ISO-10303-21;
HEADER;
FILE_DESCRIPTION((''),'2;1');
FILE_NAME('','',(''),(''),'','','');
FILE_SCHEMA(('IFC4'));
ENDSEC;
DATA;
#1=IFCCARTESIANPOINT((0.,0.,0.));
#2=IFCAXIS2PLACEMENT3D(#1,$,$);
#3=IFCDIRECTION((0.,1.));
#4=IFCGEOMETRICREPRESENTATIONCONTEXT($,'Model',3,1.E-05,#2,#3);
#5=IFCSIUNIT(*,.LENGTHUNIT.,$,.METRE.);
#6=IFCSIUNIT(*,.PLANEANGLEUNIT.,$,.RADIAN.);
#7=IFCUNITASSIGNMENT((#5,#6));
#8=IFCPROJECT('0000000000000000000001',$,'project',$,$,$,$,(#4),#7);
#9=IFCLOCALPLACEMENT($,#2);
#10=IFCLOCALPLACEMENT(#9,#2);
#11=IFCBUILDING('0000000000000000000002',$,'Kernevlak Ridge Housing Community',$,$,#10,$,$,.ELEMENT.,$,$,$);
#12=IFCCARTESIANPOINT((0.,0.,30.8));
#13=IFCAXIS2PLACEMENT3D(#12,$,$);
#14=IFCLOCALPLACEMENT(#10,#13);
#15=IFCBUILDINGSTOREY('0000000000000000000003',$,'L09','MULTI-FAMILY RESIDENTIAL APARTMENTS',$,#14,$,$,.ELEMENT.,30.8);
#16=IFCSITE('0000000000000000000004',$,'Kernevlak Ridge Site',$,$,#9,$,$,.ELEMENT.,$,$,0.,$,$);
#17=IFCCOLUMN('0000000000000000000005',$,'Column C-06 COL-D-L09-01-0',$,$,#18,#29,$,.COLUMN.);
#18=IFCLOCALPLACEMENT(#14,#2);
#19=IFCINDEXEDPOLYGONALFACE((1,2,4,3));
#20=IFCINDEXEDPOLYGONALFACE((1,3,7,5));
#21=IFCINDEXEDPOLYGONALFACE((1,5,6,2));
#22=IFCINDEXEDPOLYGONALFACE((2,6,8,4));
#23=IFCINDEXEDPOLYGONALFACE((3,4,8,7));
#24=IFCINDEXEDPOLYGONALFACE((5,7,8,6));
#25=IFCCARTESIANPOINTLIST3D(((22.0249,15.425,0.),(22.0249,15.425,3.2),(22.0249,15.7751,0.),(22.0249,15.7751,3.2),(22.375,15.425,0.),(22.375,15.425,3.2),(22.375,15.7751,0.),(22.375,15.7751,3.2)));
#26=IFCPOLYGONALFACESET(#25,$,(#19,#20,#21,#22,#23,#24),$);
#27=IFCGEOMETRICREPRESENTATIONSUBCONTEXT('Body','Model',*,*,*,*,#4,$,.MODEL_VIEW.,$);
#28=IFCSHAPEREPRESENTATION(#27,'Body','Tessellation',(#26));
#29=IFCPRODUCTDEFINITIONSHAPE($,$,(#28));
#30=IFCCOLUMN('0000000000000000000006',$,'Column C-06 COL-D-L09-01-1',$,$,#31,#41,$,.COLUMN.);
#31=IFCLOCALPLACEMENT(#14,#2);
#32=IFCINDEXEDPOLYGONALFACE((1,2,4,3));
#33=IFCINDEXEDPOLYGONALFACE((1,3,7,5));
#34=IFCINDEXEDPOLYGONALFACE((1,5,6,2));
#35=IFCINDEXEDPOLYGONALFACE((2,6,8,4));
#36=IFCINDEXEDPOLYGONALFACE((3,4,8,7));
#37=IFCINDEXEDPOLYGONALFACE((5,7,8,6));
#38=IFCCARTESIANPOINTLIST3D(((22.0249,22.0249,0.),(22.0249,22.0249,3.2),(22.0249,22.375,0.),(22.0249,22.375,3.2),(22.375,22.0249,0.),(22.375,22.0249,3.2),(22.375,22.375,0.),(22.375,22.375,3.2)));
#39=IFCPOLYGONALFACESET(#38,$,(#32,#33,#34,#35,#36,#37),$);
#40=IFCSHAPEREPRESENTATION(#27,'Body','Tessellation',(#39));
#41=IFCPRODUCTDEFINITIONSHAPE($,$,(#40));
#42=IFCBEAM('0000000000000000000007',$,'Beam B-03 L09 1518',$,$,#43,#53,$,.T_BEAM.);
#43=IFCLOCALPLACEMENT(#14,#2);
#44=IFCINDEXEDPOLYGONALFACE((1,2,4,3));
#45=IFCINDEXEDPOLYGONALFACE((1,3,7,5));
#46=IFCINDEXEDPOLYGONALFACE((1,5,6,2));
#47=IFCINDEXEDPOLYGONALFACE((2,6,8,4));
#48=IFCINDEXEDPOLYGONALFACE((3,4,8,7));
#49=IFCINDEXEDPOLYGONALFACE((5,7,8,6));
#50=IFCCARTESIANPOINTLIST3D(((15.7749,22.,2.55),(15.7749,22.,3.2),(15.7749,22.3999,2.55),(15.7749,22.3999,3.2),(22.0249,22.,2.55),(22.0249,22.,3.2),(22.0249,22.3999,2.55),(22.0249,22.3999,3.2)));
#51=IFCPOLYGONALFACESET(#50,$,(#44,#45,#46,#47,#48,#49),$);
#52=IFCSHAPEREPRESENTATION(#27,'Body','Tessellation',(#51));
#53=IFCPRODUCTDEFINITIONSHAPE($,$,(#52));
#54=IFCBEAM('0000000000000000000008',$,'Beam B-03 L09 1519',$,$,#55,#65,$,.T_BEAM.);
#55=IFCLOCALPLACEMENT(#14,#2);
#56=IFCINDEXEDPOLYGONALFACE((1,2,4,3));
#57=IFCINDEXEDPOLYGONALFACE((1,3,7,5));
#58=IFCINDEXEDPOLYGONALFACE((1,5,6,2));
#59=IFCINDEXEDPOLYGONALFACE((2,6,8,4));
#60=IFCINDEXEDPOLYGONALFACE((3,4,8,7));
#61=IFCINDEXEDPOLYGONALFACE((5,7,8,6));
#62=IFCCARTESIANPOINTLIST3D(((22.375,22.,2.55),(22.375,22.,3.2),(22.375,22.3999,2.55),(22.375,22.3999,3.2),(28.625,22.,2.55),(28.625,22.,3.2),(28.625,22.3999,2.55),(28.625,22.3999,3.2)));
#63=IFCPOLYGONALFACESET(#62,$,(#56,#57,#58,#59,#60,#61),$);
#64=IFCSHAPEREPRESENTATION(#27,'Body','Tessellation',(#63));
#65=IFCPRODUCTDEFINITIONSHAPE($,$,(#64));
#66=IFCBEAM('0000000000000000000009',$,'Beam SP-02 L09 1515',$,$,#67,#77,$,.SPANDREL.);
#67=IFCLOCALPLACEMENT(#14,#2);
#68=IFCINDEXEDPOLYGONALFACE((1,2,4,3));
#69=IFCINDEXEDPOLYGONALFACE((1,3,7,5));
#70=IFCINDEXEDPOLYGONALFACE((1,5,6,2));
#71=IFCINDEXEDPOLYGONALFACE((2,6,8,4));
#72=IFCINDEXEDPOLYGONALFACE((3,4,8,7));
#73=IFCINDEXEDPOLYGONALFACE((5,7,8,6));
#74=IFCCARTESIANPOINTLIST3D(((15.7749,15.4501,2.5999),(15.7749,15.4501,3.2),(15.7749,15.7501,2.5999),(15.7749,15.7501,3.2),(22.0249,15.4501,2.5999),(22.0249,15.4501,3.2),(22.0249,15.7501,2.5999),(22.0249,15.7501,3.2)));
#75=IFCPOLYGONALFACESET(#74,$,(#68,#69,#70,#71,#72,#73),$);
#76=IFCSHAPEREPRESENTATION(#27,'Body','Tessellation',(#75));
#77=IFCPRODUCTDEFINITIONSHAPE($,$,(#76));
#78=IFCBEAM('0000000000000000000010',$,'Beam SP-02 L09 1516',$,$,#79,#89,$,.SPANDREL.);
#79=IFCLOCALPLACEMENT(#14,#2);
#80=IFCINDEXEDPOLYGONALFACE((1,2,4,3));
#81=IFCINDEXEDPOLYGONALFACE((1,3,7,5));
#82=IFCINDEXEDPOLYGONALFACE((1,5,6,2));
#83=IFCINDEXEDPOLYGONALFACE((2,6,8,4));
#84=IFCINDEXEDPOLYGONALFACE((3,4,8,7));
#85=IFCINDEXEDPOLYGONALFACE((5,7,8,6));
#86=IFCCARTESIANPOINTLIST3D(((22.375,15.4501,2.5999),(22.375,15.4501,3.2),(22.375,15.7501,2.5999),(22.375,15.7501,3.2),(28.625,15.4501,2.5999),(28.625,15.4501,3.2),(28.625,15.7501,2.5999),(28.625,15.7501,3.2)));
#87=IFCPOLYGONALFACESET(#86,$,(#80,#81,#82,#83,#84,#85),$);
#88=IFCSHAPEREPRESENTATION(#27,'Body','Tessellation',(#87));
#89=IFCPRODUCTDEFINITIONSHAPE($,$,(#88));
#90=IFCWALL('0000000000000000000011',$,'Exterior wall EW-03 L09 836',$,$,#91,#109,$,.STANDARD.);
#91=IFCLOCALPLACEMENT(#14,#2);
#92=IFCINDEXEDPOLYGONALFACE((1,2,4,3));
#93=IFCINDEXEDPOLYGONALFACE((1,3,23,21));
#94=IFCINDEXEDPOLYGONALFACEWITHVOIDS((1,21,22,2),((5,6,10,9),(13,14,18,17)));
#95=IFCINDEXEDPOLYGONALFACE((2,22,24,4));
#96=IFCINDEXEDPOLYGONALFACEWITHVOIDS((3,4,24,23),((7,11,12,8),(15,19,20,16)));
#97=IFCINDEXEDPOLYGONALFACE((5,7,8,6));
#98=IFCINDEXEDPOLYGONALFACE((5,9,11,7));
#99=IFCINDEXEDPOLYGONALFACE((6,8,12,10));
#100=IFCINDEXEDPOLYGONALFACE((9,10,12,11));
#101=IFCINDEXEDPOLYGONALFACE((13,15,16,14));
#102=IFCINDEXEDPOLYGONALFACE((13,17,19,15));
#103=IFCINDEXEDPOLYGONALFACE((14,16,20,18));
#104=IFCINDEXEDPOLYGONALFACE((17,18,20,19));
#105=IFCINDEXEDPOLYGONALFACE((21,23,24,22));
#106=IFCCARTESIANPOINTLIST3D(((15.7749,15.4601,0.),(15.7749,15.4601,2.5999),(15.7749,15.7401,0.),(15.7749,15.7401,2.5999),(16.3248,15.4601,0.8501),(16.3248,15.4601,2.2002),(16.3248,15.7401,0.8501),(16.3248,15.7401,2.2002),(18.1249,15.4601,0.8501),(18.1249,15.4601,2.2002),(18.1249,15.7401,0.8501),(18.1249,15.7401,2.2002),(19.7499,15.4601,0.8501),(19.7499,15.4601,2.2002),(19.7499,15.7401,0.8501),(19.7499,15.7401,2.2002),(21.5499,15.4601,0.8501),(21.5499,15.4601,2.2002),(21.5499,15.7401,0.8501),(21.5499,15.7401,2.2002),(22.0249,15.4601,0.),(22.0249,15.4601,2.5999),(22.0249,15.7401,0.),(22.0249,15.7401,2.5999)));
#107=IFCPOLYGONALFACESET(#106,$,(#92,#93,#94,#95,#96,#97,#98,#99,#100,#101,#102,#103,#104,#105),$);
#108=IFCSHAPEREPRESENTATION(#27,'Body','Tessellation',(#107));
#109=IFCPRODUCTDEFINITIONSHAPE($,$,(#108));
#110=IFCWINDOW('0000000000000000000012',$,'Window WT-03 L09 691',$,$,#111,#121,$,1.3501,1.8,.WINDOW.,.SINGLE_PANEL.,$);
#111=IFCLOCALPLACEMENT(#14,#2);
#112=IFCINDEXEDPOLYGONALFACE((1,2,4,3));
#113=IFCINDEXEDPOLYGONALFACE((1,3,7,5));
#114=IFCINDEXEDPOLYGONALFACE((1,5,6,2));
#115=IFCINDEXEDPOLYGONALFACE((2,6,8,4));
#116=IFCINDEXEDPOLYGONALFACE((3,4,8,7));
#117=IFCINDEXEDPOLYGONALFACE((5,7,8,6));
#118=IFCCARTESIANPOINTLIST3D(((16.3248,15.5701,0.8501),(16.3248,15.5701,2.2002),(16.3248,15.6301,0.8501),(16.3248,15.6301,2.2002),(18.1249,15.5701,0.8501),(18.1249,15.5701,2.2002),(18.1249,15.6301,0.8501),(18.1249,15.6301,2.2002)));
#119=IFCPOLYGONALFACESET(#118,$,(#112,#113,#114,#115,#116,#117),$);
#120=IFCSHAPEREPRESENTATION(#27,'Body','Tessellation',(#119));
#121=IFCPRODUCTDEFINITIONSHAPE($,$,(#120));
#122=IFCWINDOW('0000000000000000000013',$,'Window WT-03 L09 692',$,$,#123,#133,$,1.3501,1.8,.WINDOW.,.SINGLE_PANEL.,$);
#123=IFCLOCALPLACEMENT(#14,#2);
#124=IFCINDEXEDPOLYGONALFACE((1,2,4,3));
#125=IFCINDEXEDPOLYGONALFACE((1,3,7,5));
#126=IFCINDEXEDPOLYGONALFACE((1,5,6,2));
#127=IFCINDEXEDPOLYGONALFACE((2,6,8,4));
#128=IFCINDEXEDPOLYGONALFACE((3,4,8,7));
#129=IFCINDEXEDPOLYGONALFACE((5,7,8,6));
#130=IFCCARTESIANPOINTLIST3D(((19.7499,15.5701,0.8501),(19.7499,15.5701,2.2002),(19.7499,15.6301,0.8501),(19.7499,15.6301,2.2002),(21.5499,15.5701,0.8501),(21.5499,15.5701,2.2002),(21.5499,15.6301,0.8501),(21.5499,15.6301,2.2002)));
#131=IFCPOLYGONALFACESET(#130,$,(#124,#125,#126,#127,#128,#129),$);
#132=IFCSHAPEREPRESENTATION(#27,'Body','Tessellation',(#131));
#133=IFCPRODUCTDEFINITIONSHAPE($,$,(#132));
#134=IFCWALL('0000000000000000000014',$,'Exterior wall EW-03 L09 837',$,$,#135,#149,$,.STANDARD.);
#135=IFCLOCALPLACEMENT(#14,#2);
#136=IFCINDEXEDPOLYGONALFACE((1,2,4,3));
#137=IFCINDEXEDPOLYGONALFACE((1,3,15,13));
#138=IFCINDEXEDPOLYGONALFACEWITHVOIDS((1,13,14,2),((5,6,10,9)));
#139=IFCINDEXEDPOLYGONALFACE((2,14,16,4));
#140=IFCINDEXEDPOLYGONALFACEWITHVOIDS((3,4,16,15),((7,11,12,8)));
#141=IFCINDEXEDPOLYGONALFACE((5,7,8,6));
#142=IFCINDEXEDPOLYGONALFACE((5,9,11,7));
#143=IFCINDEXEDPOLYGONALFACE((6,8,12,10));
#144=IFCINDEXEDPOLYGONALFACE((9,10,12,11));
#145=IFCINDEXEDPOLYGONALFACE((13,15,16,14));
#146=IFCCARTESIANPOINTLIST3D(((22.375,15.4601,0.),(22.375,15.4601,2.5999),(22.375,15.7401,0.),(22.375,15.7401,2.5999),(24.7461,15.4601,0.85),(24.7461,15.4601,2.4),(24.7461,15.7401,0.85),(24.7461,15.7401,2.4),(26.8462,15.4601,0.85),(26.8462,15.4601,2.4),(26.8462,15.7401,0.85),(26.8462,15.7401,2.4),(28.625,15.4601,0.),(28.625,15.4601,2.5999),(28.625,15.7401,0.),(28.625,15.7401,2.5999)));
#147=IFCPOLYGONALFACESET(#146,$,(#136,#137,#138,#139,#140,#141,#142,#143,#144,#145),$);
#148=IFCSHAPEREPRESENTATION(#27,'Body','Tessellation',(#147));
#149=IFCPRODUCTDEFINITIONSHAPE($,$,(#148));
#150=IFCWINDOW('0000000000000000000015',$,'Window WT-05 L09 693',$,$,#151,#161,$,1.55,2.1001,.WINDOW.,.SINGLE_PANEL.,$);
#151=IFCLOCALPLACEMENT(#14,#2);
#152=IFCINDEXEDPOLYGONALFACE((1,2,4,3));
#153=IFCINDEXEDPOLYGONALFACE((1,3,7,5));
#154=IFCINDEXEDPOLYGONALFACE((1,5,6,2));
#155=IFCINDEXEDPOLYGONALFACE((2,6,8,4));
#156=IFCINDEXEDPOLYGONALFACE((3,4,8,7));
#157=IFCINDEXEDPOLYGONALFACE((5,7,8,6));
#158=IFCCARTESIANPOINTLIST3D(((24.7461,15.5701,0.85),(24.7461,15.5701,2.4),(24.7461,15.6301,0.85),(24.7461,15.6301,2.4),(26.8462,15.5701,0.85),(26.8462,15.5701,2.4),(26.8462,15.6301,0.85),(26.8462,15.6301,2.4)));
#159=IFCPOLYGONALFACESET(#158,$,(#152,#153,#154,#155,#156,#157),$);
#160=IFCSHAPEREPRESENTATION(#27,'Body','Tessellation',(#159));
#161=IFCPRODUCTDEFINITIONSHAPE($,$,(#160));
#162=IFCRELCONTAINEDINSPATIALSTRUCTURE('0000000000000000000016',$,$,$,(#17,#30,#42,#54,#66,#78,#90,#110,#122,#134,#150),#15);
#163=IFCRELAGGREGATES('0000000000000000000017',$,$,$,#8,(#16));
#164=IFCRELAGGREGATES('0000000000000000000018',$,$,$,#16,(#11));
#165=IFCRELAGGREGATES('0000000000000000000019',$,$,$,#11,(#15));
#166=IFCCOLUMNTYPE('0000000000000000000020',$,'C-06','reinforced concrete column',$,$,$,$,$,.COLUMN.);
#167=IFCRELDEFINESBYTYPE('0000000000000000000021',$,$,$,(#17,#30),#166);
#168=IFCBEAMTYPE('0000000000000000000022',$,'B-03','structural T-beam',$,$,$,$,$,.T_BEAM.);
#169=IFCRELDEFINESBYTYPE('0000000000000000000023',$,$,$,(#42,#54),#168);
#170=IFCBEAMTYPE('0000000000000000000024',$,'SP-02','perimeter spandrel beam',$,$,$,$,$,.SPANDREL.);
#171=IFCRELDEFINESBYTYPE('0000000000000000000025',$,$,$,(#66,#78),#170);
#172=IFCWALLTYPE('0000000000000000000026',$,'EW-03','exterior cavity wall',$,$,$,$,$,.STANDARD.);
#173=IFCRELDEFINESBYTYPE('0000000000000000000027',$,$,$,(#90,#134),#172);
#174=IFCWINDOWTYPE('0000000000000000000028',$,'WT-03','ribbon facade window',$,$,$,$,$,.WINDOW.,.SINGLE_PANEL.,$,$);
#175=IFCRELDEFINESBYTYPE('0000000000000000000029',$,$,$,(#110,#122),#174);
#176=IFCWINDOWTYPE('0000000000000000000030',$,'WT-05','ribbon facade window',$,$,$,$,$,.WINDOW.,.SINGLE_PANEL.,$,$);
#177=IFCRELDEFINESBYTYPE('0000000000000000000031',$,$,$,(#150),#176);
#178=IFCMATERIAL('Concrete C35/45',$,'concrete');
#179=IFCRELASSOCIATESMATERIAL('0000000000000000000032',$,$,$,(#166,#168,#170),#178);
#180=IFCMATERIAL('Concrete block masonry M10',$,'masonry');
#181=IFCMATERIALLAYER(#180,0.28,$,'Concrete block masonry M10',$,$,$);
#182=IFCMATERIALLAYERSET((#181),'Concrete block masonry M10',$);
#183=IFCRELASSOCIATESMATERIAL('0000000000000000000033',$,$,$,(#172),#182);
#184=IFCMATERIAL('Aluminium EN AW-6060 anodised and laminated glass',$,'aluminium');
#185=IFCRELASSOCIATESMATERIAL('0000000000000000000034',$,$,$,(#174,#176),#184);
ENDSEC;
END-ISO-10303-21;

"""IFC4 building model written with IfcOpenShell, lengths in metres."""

from ifc_helpers import new_model, si_unit, direction, frame, frame_2d, origin, origin_2d, place, context, subcontext, project, spatial, rectangle, extrude, material, layer, layer_set, material_profile, profile_set, type_object, element, fill, save


model = new_model("IFC4")

# Units and contexts
model_context = context("Model", 3, precision=1e-05, world=origin(), true_north=direction((0.0, 1.0)))
body_context = subcontext(model_context, "Body", "Model", "MODEL_VIEW")
ifc_project = project(units=[si_unit("LENGTHUNIT", "METRE"), si_unit("PLANEANGLEUNIT", "RADIAN")], contexts=[model_context])

# Site, building, storey
site_placement = place(None, origin())
site = spatial("IfcSite", under=ifc_project, at=site_placement, Name="Kernevlak Ridge Site", CompositionType="ELEMENT", RefElevation=0.0)
building_placement = place(site_placement, origin())
building = spatial("IfcBuilding", under=site, at=building_placement, Name="Kernevlak Ridge Housing Community", CompositionType="ELEMENT")
storey_placement = place(building_placement, frame((0.0, 0.0, 30.8)))
storey = spatial("IfcBuildingStorey", under=building, at=storey_placement, Name="L09", Description="MULTI-FAMILY RESIDENTIAL APARTMENTS", CompositionType="ELEMENT", Elevation=30.8)

# Columns
ifc_material_1 = material(Name="Concrete C35/45", Category="concrete")
ifc_material_profile_1 = material_profile(ifc_material_1, rectangle(XDim=0.3501, YDim=0.3501, at=origin_2d()), Name="RC 350x350")
ifc_profile_set_1 = profile_set([ifc_material_profile_1], Name="Concrete C35/45")
column_type = type_object("IfcColumnType", Name="C-06", Description="reinforced concrete column", PredefinedType="COLUMN", material=ifc_profile_set_1)
for number, where, z_axis, x_axis, name in (
    (1, (22.2, 15.6001, 0.0), (0.0, 0.0, 1.0), (1.0, 0.0, 0.0), "Column C-06 COL-D-L09-01-0"),
    (2, (22.2, 22.2, 0.0), (0.0, 0.0, 1.0), (1.0, 0.0, 0.0), "Column C-06 COL-D-L09-01-1"),
):
    element("IfcColumn", number, at=place(storey_placement, frame(where, z_axis=z_axis, x_axis=x_axis)), inside=storey, type_object=column_type, Name=name, PredefinedType="COLUMN", context=body_context, shape_type="SweptSolid", body=[
        extrude(rectangle(XDim=0.3501, YDim=0.3501, at=origin_2d()), origin(), (0.0, 0.0, 1.0), 3.2),
    ])

# Beams
ifc_material_profile_2 = material_profile(ifc_material_1, rectangle(XDim=0.3999, YDim=0.6499, at=origin_2d()), Name="RC 400x650")
ifc_profile_set_2 = profile_set([ifc_material_profile_2], Name="Concrete C35/45")
beam_type_1 = type_object("IfcBeamType", Name="B-03", Description="structural T-beam", PredefinedType="T_BEAM", material=ifc_profile_set_2)
for number, where, z_axis, x_axis, name in (
    (3, (15.7749, 22.2, 2.875), (1.0, 0.0, 0.0), (0.0, 1.0, 0.0), "Beam B-03 L09 1518"),
    (4, (22.375, 22.2, 2.875), (1.0, 0.0, 0.0), (0.0, 1.0, 0.0), "Beam B-03 L09 1519"),
):
    element("IfcBeam", number, at=place(storey_placement, frame(where, z_axis=z_axis, x_axis=x_axis)), inside=storey, type_object=beam_type_1, Name=name, PredefinedType="T_BEAM", context=body_context, shape_type="SweptSolid", body=[
        extrude(rectangle(XDim=0.3999, YDim=0.6499, at=origin_2d()), origin(), (0.0, 0.0, 1.0), 6.25),
    ])
ifc_material_profile_3 = material_profile(ifc_material_1, rectangle(XDim=0.3, YDim=0.6001, at=origin_2d()), Name="RC 300x600")
ifc_profile_set_3 = profile_set([ifc_material_profile_3], Name="Concrete C35/45")
beam_type_2 = type_object("IfcBeamType", Name="SP-02", Description="perimeter spandrel beam", PredefinedType="SPANDREL", material=ifc_profile_set_3)
for number, where, z_axis, x_axis, name in (
    (5, (15.7749, 15.6001, 2.8999), (1.0, 0.0, 0.0), (0.0, 1.0, 0.0), "Beam SP-02 L09 1515"),
    (6, (22.375, 15.6001, 2.8999), (1.0, 0.0, 0.0), (0.0, 1.0, 0.0), "Beam SP-02 L09 1516"),
):
    element("IfcBeam", number, at=place(storey_placement, frame(where, z_axis=z_axis, x_axis=x_axis)), inside=storey, type_object=beam_type_2, Name=name, PredefinedType="SPANDREL", context=body_context, shape_type="SweptSolid", body=[
        extrude(rectangle(XDim=0.3, YDim=0.6001, at=origin_2d()), origin(), (0.0, 0.0, 1.0), 6.25),
    ])

# Wall, openings, windows
ifc_material_2 = material(Name="Concrete block masonry M10", Category="masonry")
ifc_layer_1 = layer(ifc_material_2, 0.28, Name="Concrete block masonry M10")
ifc_layer_set_1 = layer_set([ifc_layer_1], Name="Concrete block masonry M10")
wall_type_1 = type_object("IfcWallType", Name="EW-03", Description="exterior cavity wall", PredefinedType="STANDARD", material=ifc_layer_set_1)
wall_1_placement = place(storey_placement, frame((15.7749, 15.6001, 0.0), z_axis=(0.0, 0.0, 1.0), x_axis=(1.0, 0.0, 0.0)))
wall_1 = element("IfcWall", 7, at=wall_1_placement, inside=storey, type_object=wall_type_1, Name="Exterior wall EW-03 L09 836", PredefinedType="STANDARD", context=body_context, shape_type="SweptSolid", body=[
    extrude(rectangle(XDim=6.25, YDim=0.28, at=frame_2d((3.125, 0.0))), origin(), (0.0, 0.0, 1.0), 2.5999),
])
opening_1_placement = place(wall_1_placement, frame((0.55, 0.0, 0.8501)))
opening_1 = element("IfcOpeningElement", 8, at=opening_1_placement, cuts=wall_1, PredefinedType="OPENING", context=body_context, shape_type="SweptSolid", body=[
    extrude(rectangle(XDim=1.8, YDim=1.3501, at=frame_2d((0.8999, 0.675))), frame((0.0, 0.1499, 0.0), z_axis=(0.0, -1.0, 0.0), x_axis=(1.0, 0.0, 0.0)), (0.0, 0.0, 1.0), 0.3),
])
opening_2_placement = place(wall_1_placement, frame((3.9751, 0.0, 0.8501)))
opening_2 = element("IfcOpeningElement", 9, at=opening_2_placement, cuts=wall_1, PredefinedType="OPENING", context=body_context, shape_type="SweptSolid", body=[
    extrude(rectangle(XDim=1.8, YDim=1.3501, at=frame_2d((0.8999, 0.675))), frame((0.0, 0.1499, 0.0), z_axis=(0.0, -1.0, 0.0), x_axis=(1.0, 0.0, 0.0)), (0.0, 0.0, 1.0), 0.3),
])
ifc_material_3 = material(Name="Aluminium EN AW-6060 anodised and laminated glass", Category="aluminium")
window_type_1 = type_object("IfcWindowType", Name="WT-03", Description="ribbon facade window", PartitioningType="SINGLE_PANEL", PredefinedType="WINDOW", material=ifc_material_3)
window_1_placement = place(opening_1_placement, origin())
window_1 = element("IfcWindow", 10, at=window_1_placement, inside=storey, type_object=window_type_1, Name="Window WT-03 L09 691", OverallHeight=1.3501, OverallWidth=1.8, PartitioningType="SINGLE_PANEL", PredefinedType="WINDOW", context=body_context, shape_type="SweptSolid", body=[
    extrude(rectangle(XDim=1.8, YDim=1.3501, at=frame_2d((0.8999, 0.675))), frame((0.0, 0.03, 0.0), z_axis=(0.0, -1.0, 0.0), x_axis=(1.0, 0.0, 0.0)), (0.0, 0.0, 1.0), 0.0601),
])
fill(opening_1, window_1)
window_2_placement = place(opening_2_placement, origin())
window_2 = element("IfcWindow", 11, at=window_2_placement, inside=storey, type_object=window_type_1, Name="Window WT-03 L09 692", OverallHeight=1.3501, OverallWidth=1.8, PartitioningType="SINGLE_PANEL", PredefinedType="WINDOW", context=body_context, shape_type="SweptSolid", body=[
    extrude(rectangle(XDim=1.8, YDim=1.3501, at=frame_2d((0.8999, 0.675))), frame((0.0, 0.03, 0.0), z_axis=(0.0, -1.0, 0.0), x_axis=(1.0, 0.0, 0.0)), (0.0, 0.0, 1.0), 0.0601),
])
fill(opening_2, window_2)

# Wall, opening, window
wall_2_placement = place(storey_placement, frame((22.375, 15.6001, 0.0), z_axis=(0.0, 0.0, 1.0), x_axis=(1.0, 0.0, 0.0)))
wall_2 = element("IfcWall", 12, at=wall_2_placement, inside=storey, type_object=wall_type_1, Name="Exterior wall EW-03 L09 837", PredefinedType="STANDARD", context=body_context, shape_type="SweptSolid", body=[
    extrude(rectangle(XDim=6.25, YDim=0.28, at=frame_2d((3.125, 0.0))), origin(), (0.0, 0.0, 1.0), 2.5999),
])
opening_3_placement = place(wall_2_placement, frame((2.3711, 0.0, 0.8501)))
opening_3 = element("IfcOpeningElement", 13, at=opening_3_placement, cuts=wall_2, PredefinedType="OPENING", context=body_context, shape_type="SweptSolid", body=[
    extrude(rectangle(XDim=2.1001, YDim=1.55, at=frame_2d((1.05, 0.7749))), frame((0.0, 0.1499, 0.0), z_axis=(0.0, -1.0, 0.0), x_axis=(1.0, 0.0, 0.0)), (0.0, 0.0, 1.0), 0.3),
])
window_type_2 = type_object("IfcWindowType", Name="WT-05", Description="ribbon facade window", PartitioningType="SINGLE_PANEL", PredefinedType="WINDOW", material=ifc_material_3)
window_3_placement = place(opening_3_placement, origin())
window_3 = element("IfcWindow", 14, at=window_3_placement, inside=storey, type_object=window_type_2, Name="Window WT-05 L09 693", OverallHeight=1.55, OverallWidth=2.1001, PartitioningType="SINGLE_PANEL", PredefinedType="WINDOW", context=body_context, shape_type="SweptSolid", body=[
    extrude(rectangle(XDim=2.1001, YDim=1.55, at=frame_2d((1.05, 0.7749))), frame((0.0, 0.03, 0.0), z_axis=(0.0, -1.0, 0.0), x_axis=(1.0, 0.0, 0.0)), (0.0, 0.0, 1.0), 0.0601),
])
fill(opening_3, window_3)

save(model, "model.ifc")
